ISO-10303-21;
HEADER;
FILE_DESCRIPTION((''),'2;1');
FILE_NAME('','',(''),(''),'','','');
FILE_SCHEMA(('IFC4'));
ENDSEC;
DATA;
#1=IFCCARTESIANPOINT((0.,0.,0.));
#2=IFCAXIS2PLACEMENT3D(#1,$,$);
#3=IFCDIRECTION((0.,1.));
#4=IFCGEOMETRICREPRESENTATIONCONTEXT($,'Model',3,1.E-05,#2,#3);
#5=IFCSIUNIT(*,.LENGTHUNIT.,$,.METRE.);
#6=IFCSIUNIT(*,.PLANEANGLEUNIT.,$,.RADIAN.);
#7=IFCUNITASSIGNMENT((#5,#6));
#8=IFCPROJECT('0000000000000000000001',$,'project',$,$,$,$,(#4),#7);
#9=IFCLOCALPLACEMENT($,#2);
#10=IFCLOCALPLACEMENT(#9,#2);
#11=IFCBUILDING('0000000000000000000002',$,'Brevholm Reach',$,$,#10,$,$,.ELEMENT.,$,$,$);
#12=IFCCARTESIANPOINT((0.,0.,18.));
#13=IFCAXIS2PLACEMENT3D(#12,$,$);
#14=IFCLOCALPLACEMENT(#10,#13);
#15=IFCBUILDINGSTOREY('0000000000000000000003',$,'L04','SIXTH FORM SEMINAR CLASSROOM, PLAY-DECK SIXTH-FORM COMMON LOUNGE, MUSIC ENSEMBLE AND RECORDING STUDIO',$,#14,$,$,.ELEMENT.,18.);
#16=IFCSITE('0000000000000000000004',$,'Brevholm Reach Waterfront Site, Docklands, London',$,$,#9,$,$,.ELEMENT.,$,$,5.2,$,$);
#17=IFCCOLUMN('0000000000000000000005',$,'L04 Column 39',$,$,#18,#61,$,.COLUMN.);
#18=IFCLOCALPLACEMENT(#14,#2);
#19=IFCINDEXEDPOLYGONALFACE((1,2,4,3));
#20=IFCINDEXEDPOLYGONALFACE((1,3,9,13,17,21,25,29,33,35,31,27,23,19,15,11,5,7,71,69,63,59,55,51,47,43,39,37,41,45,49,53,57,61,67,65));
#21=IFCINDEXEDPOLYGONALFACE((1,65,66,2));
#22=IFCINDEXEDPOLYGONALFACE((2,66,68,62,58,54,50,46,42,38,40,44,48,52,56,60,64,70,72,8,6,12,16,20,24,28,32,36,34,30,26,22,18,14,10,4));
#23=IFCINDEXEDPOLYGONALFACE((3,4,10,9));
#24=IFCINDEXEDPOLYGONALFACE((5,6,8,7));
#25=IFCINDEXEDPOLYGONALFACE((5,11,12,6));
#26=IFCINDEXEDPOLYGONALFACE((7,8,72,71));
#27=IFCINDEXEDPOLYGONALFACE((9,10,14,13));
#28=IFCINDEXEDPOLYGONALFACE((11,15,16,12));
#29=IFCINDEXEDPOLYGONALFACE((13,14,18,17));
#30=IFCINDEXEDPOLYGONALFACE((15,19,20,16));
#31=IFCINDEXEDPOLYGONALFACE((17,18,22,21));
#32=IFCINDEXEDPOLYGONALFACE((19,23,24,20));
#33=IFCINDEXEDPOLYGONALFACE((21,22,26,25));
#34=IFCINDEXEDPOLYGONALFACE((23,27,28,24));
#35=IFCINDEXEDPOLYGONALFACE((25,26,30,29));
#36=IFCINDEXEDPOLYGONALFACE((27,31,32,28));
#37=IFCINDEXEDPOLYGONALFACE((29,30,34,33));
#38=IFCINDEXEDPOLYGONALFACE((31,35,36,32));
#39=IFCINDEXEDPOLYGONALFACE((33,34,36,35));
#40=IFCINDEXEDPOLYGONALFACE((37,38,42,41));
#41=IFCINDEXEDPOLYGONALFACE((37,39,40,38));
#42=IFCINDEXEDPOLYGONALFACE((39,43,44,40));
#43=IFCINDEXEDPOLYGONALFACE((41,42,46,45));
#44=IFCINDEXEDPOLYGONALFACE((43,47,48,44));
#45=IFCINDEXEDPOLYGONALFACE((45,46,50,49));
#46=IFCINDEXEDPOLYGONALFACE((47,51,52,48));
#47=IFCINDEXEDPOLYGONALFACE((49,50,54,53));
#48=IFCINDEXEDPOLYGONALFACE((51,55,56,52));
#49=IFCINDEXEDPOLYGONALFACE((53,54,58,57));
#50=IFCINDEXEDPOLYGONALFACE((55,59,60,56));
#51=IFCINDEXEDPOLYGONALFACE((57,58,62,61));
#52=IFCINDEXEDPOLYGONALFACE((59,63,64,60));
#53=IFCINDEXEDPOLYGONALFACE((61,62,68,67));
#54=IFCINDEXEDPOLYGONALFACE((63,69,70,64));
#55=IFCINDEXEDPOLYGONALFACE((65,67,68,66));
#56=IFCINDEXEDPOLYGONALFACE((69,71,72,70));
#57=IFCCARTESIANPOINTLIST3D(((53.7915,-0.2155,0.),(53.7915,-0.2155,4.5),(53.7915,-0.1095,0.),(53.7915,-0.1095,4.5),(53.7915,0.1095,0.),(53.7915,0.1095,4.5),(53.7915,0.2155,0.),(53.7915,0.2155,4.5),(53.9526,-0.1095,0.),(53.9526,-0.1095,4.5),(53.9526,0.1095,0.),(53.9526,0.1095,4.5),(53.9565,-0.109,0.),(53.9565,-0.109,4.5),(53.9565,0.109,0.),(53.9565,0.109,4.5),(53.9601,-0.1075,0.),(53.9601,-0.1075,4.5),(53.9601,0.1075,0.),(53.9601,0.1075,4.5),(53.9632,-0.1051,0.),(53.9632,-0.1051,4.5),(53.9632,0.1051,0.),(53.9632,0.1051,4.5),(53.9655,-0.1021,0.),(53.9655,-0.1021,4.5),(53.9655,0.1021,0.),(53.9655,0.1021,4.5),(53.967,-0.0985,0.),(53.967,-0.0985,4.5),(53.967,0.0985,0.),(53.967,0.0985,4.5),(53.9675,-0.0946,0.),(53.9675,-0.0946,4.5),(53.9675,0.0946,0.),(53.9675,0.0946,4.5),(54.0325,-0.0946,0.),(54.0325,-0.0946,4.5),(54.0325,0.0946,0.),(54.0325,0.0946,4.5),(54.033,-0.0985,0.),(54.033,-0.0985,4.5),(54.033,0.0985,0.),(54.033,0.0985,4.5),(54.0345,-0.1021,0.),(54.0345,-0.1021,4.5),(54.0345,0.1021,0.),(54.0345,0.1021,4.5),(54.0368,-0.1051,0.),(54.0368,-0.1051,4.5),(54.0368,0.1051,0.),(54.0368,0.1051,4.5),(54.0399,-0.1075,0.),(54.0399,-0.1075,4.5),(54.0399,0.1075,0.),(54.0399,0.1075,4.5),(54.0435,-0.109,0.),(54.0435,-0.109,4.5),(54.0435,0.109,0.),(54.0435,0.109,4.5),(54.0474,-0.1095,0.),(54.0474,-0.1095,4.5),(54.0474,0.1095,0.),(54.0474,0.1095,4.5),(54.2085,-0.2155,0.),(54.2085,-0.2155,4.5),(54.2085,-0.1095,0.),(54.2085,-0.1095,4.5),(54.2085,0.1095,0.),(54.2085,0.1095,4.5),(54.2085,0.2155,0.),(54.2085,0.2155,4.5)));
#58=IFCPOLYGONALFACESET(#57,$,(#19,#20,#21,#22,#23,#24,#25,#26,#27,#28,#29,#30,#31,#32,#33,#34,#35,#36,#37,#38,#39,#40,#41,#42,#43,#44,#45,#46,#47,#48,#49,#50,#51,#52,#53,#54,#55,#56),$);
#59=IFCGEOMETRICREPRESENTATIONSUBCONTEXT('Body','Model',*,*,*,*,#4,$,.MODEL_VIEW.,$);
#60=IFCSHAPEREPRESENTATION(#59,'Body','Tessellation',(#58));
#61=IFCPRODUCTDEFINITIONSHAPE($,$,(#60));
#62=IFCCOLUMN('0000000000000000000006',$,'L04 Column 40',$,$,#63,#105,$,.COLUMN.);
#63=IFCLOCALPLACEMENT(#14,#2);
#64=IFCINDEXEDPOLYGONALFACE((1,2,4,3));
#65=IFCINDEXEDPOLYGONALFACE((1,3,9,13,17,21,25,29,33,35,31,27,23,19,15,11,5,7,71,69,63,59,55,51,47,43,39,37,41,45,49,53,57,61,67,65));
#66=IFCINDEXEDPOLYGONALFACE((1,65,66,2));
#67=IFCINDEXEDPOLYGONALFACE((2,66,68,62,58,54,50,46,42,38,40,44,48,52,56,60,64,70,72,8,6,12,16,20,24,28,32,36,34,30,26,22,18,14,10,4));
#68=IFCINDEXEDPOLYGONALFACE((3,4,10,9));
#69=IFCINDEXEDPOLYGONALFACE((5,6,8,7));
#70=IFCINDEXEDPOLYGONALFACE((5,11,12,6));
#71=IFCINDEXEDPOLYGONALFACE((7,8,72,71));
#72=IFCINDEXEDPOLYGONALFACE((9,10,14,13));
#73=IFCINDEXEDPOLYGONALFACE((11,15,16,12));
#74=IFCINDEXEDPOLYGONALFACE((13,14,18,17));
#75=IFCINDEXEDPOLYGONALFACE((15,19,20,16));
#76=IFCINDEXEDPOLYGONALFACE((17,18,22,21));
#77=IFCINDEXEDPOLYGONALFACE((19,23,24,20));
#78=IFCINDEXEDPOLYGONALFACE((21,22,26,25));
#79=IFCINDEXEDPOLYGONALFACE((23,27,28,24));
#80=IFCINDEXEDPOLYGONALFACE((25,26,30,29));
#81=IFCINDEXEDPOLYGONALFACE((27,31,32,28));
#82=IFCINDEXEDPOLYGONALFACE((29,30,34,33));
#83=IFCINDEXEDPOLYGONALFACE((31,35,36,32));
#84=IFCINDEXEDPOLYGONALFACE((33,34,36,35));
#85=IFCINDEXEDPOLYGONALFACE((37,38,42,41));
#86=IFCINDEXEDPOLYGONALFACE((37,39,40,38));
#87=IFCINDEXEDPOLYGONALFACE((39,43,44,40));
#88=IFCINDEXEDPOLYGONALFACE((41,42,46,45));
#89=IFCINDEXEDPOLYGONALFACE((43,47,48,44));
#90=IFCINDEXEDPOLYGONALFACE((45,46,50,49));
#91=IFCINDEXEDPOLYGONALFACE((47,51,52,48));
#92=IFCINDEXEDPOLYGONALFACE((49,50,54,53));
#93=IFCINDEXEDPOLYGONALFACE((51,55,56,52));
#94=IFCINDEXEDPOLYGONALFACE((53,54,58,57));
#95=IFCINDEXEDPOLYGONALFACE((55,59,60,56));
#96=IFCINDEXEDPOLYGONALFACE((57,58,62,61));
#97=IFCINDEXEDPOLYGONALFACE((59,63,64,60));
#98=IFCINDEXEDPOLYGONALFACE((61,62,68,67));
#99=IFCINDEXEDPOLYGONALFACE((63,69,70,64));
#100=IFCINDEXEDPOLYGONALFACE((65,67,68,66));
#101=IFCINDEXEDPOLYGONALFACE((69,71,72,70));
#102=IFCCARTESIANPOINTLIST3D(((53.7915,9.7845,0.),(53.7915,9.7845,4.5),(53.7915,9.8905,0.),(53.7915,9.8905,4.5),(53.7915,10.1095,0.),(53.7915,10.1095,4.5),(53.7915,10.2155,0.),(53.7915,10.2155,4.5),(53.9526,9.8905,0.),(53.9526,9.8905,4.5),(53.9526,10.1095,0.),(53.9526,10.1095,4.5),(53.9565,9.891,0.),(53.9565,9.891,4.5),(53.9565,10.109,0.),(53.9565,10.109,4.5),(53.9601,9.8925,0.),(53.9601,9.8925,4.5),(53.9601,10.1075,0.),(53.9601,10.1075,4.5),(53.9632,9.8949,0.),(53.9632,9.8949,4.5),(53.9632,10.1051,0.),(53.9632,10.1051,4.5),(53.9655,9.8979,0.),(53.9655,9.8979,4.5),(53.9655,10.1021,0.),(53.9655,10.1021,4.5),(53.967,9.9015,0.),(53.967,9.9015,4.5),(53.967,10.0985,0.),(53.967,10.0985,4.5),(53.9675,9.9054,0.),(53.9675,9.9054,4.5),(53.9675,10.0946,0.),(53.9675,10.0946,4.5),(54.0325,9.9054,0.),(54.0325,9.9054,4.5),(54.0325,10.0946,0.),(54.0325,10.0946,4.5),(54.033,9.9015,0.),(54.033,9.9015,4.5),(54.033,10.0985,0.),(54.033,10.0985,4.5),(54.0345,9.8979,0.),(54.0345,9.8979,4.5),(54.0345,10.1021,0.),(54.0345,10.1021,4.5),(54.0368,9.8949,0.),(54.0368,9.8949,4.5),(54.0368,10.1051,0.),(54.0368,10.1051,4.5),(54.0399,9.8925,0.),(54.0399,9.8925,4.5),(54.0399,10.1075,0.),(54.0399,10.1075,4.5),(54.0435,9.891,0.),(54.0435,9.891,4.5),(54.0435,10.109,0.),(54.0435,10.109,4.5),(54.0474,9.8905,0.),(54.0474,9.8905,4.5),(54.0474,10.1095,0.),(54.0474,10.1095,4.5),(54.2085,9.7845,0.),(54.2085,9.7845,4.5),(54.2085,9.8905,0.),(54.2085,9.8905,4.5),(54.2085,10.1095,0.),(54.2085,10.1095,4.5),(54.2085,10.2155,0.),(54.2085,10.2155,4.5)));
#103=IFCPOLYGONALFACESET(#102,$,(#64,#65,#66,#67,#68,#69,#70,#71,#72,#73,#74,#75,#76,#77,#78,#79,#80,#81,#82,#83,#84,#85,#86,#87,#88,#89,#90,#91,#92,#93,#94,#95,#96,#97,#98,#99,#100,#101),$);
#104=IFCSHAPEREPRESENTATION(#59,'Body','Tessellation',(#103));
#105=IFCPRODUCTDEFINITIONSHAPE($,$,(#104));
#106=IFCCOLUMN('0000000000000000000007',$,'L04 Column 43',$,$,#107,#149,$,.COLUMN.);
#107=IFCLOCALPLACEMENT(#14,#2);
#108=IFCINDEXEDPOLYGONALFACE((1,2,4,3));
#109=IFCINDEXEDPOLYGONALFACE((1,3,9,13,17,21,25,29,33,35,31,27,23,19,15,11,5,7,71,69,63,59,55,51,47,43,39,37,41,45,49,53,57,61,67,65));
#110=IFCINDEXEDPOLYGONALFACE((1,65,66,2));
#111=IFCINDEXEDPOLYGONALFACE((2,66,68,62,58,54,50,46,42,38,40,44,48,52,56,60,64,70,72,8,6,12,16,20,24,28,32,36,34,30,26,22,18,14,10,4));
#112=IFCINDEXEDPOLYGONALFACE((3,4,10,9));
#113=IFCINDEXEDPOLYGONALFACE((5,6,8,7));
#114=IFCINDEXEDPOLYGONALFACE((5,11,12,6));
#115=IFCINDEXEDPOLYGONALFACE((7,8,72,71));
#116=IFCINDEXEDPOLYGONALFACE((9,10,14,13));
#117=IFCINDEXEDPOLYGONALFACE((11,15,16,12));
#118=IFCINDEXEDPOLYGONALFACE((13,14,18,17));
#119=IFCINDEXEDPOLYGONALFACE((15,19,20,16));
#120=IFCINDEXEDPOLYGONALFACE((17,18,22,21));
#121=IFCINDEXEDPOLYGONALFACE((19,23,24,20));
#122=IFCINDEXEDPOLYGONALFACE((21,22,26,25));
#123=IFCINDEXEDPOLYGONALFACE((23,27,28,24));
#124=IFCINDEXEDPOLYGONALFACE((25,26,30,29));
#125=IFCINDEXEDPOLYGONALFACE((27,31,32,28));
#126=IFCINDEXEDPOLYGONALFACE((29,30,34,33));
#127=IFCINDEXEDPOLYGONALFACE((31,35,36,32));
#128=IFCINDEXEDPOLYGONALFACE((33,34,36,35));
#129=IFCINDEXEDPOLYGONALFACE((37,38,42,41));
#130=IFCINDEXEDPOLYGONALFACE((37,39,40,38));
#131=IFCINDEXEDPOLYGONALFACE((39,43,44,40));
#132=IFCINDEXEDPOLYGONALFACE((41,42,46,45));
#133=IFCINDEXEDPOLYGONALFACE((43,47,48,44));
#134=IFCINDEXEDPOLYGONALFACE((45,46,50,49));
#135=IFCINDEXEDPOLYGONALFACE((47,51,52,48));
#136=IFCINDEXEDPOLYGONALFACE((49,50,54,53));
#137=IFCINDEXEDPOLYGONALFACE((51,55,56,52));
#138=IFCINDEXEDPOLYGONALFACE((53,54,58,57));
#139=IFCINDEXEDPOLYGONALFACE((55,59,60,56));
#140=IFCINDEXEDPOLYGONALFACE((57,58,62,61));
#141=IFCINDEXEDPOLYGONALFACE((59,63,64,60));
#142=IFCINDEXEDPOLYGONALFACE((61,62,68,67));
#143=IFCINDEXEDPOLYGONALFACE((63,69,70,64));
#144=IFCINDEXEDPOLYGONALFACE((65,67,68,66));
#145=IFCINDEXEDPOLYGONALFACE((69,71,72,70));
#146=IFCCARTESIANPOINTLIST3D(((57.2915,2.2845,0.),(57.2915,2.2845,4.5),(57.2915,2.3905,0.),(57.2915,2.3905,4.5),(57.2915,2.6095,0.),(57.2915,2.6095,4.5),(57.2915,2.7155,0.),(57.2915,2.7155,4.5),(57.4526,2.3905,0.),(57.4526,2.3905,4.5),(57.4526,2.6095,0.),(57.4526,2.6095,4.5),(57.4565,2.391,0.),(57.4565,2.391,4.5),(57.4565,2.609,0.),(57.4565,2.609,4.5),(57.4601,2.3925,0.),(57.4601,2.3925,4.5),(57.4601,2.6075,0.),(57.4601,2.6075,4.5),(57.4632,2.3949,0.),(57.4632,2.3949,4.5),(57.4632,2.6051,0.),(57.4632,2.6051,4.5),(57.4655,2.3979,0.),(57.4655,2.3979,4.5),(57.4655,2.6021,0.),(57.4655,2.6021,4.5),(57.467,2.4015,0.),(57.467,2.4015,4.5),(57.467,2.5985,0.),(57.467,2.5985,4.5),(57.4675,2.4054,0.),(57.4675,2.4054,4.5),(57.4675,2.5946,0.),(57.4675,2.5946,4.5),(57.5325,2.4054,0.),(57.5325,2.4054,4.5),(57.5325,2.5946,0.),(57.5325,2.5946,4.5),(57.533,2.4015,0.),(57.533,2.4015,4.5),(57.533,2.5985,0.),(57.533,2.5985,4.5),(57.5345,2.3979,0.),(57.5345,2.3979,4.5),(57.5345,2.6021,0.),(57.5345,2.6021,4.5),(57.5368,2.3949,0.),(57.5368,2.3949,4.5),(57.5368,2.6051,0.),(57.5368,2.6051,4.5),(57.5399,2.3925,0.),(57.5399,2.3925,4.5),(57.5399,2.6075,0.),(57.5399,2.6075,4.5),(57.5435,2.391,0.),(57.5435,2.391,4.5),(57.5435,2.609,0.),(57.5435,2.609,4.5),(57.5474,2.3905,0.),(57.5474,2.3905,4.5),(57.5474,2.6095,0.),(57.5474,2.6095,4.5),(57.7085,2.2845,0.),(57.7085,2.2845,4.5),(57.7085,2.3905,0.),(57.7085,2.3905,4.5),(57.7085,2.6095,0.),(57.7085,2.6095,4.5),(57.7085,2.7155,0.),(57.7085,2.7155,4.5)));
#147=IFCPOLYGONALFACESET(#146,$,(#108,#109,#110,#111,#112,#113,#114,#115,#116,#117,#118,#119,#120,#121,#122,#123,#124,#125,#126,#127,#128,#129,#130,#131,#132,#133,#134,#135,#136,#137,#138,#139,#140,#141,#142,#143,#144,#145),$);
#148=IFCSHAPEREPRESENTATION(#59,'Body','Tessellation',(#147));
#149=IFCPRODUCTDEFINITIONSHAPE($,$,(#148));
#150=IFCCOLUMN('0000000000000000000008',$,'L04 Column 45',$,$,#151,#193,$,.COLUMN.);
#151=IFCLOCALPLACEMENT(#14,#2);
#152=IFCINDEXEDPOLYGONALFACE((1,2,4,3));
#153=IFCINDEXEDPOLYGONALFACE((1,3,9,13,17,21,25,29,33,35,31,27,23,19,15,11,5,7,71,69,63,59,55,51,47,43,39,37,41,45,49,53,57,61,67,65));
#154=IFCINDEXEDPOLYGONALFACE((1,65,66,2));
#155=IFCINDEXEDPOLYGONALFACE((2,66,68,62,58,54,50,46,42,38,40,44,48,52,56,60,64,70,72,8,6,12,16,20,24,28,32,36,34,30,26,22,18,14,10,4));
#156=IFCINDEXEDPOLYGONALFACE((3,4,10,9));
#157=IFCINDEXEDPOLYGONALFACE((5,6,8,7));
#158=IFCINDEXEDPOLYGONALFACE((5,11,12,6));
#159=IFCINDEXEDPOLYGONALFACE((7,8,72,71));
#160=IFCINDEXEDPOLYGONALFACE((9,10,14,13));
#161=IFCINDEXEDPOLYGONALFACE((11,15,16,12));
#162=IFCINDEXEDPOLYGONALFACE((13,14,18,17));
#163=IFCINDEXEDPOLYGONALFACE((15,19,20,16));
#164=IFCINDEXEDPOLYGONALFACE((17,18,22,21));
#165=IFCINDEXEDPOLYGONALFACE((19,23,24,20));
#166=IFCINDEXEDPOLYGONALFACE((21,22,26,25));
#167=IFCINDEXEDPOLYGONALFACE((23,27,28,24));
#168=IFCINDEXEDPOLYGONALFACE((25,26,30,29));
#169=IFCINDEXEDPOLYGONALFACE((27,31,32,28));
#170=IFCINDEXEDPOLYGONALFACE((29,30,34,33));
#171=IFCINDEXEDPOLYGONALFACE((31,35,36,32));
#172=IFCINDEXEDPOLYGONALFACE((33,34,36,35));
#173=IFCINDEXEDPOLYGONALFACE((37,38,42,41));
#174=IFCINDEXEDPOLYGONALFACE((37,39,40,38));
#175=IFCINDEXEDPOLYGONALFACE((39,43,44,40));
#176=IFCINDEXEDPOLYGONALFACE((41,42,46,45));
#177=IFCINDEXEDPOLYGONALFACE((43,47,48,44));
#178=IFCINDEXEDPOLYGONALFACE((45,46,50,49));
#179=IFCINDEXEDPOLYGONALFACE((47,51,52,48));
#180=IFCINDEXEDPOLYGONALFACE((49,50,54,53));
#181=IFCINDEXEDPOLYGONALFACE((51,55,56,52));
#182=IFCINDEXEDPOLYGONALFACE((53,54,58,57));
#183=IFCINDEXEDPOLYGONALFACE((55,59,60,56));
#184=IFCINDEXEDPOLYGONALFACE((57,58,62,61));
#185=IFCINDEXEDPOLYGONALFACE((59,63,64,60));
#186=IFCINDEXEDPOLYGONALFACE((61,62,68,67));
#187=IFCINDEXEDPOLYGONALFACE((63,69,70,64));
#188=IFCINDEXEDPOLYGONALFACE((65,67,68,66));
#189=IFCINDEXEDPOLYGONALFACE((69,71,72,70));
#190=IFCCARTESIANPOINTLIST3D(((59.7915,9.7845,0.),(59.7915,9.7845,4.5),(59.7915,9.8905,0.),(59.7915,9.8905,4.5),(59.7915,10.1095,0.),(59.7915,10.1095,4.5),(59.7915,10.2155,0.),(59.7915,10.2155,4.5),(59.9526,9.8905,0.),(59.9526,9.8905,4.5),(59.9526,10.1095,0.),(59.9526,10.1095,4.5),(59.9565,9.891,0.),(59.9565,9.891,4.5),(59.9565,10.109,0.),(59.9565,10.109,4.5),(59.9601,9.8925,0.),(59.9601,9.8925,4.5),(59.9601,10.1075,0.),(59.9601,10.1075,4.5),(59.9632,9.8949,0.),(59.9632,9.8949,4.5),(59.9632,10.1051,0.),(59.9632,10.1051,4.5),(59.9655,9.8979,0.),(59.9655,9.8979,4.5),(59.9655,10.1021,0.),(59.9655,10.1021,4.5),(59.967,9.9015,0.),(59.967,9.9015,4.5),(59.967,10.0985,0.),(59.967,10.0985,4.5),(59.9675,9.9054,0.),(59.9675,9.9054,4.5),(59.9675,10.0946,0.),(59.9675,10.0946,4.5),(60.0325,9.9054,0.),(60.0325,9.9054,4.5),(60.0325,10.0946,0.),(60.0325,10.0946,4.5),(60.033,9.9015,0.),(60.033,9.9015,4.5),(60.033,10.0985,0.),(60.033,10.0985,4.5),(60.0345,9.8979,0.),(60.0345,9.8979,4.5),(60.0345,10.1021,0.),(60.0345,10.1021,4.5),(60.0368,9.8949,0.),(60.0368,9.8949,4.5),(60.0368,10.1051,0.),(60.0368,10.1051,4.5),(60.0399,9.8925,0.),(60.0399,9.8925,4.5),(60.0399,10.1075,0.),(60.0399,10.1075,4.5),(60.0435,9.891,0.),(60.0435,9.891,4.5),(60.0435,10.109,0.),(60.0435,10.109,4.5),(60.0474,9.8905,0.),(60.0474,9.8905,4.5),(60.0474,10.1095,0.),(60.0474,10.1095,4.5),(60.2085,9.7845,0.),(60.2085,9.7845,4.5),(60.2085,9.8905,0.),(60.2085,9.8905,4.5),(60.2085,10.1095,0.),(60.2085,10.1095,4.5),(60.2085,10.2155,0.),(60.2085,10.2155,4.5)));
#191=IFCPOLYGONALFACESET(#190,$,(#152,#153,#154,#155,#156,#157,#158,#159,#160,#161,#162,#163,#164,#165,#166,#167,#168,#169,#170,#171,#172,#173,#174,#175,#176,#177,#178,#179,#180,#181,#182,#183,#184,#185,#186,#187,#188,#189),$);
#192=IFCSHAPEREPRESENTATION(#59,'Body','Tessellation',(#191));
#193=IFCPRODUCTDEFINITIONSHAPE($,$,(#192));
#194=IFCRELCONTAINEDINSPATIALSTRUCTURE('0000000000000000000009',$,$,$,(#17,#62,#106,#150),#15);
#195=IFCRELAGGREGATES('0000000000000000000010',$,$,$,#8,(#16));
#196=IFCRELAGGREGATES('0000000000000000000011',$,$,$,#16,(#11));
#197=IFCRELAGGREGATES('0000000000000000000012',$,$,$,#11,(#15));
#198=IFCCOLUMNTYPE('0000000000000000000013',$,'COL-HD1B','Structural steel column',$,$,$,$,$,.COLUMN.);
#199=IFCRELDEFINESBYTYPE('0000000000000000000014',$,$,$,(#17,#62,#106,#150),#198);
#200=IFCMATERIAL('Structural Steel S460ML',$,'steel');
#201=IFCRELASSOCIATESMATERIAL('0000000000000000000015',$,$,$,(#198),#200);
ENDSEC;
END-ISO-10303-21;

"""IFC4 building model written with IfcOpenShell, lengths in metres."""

from ifc_helpers import new_model, si_unit, direction, frame, origin, origin_2d, place, context, subcontext, project, spatial, i_section, extrude, material, material_profile, profile_set, type_object, element, save


model = new_model("IFC4")

# Units and contexts
model_context = context("Model", 3, precision=1e-05, world=origin(), true_north=direction((0.0, 1.0)))
body_context = subcontext(model_context, "Body", "Model", "MODEL_VIEW")
ifc_project = project(units=[si_unit("LENGTHUNIT", "METRE"), si_unit("PLANEANGLEUNIT", "RADIAN")], contexts=[model_context])

# Site, building, storey
site_placement = place(None, origin())
site = spatial("IfcSite", under=ifc_project, at=site_placement, Name="Brevholm Reach Waterfront Site, Docklands, London", CompositionType="ELEMENT", RefElevation=5.2)
building_placement = place(site_placement, origin())
building = spatial("IfcBuilding", under=site, at=building_placement, Name="Brevholm Reach", CompositionType="ELEMENT")
storey_placement = place(building_placement, frame((0.0, 0.0, 18.0)))
storey = spatial("IfcBuildingStorey", under=building, at=storey_placement, Name="L04", Description="SIXTH FORM SEMINAR CLASSROOM, PLAY-DECK SIXTH-FORM COMMON LOUNGE, MUSIC ENSEMBLE AND RECORDING STUDIO", CompositionType="ELEMENT", Elevation=18.0)

# Columns
ifc_material_1 = material(Name="Structural Steel S460ML", Category="steel")
ifc_material_profile_1 = material_profile(ifc_material_1, i_section(OverallWidth=0.417, OverallDepth=0.4309, WebThickness=0.0649, FlangeThickness=0.106, FilletRadius=0.0149, at=origin_2d()), Name="HD 400x900")
ifc_profile_set_1 = profile_set([ifc_material_profile_1], Name="Structural Steel S460ML")
column_type = type_object("IfcColumnType", Name="COL-HD1B", Description="Structural steel column", PredefinedType="COLUMN", material=ifc_profile_set_1)
for number, where, z_axis, x_axis, name in (
    (1, (54.0, 0.0, 0.0), (0.0, 0.0, 1.0), (1.0, 0.0, 0.0), "L04 Column 39"),
    (2, (54.0, 10.0, 0.0), (0.0, 0.0, 1.0), (1.0, 0.0, 0.0), "L04 Column 40"),
    (3, (57.5, 2.5, 0.0), (0.0, 0.0, 1.0), (1.0, 0.0, 0.0), "L04 Column 43"),
    (4, (60.0, 10.0, 0.0), (0.0, 0.0, 1.0), (1.0, 0.0, 0.0), "L04 Column 45"),
):
    element("IfcColumn", number, at=place(storey_placement, frame(where, z_axis=z_axis, x_axis=x_axis)), inside=storey, type_object=column_type, Name=name, PredefinedType="COLUMN", context=body_context, shape_type="SweptSolid", body=[
        extrude(i_section(OverallWidth=0.417, OverallDepth=0.4309, WebThickness=0.0649, FlangeThickness=0.106, FilletRadius=0.0149, at=origin_2d()), origin(), (0.0, 0.0, 1.0), 4.5),
    ])

save(model, "model.ifc")
